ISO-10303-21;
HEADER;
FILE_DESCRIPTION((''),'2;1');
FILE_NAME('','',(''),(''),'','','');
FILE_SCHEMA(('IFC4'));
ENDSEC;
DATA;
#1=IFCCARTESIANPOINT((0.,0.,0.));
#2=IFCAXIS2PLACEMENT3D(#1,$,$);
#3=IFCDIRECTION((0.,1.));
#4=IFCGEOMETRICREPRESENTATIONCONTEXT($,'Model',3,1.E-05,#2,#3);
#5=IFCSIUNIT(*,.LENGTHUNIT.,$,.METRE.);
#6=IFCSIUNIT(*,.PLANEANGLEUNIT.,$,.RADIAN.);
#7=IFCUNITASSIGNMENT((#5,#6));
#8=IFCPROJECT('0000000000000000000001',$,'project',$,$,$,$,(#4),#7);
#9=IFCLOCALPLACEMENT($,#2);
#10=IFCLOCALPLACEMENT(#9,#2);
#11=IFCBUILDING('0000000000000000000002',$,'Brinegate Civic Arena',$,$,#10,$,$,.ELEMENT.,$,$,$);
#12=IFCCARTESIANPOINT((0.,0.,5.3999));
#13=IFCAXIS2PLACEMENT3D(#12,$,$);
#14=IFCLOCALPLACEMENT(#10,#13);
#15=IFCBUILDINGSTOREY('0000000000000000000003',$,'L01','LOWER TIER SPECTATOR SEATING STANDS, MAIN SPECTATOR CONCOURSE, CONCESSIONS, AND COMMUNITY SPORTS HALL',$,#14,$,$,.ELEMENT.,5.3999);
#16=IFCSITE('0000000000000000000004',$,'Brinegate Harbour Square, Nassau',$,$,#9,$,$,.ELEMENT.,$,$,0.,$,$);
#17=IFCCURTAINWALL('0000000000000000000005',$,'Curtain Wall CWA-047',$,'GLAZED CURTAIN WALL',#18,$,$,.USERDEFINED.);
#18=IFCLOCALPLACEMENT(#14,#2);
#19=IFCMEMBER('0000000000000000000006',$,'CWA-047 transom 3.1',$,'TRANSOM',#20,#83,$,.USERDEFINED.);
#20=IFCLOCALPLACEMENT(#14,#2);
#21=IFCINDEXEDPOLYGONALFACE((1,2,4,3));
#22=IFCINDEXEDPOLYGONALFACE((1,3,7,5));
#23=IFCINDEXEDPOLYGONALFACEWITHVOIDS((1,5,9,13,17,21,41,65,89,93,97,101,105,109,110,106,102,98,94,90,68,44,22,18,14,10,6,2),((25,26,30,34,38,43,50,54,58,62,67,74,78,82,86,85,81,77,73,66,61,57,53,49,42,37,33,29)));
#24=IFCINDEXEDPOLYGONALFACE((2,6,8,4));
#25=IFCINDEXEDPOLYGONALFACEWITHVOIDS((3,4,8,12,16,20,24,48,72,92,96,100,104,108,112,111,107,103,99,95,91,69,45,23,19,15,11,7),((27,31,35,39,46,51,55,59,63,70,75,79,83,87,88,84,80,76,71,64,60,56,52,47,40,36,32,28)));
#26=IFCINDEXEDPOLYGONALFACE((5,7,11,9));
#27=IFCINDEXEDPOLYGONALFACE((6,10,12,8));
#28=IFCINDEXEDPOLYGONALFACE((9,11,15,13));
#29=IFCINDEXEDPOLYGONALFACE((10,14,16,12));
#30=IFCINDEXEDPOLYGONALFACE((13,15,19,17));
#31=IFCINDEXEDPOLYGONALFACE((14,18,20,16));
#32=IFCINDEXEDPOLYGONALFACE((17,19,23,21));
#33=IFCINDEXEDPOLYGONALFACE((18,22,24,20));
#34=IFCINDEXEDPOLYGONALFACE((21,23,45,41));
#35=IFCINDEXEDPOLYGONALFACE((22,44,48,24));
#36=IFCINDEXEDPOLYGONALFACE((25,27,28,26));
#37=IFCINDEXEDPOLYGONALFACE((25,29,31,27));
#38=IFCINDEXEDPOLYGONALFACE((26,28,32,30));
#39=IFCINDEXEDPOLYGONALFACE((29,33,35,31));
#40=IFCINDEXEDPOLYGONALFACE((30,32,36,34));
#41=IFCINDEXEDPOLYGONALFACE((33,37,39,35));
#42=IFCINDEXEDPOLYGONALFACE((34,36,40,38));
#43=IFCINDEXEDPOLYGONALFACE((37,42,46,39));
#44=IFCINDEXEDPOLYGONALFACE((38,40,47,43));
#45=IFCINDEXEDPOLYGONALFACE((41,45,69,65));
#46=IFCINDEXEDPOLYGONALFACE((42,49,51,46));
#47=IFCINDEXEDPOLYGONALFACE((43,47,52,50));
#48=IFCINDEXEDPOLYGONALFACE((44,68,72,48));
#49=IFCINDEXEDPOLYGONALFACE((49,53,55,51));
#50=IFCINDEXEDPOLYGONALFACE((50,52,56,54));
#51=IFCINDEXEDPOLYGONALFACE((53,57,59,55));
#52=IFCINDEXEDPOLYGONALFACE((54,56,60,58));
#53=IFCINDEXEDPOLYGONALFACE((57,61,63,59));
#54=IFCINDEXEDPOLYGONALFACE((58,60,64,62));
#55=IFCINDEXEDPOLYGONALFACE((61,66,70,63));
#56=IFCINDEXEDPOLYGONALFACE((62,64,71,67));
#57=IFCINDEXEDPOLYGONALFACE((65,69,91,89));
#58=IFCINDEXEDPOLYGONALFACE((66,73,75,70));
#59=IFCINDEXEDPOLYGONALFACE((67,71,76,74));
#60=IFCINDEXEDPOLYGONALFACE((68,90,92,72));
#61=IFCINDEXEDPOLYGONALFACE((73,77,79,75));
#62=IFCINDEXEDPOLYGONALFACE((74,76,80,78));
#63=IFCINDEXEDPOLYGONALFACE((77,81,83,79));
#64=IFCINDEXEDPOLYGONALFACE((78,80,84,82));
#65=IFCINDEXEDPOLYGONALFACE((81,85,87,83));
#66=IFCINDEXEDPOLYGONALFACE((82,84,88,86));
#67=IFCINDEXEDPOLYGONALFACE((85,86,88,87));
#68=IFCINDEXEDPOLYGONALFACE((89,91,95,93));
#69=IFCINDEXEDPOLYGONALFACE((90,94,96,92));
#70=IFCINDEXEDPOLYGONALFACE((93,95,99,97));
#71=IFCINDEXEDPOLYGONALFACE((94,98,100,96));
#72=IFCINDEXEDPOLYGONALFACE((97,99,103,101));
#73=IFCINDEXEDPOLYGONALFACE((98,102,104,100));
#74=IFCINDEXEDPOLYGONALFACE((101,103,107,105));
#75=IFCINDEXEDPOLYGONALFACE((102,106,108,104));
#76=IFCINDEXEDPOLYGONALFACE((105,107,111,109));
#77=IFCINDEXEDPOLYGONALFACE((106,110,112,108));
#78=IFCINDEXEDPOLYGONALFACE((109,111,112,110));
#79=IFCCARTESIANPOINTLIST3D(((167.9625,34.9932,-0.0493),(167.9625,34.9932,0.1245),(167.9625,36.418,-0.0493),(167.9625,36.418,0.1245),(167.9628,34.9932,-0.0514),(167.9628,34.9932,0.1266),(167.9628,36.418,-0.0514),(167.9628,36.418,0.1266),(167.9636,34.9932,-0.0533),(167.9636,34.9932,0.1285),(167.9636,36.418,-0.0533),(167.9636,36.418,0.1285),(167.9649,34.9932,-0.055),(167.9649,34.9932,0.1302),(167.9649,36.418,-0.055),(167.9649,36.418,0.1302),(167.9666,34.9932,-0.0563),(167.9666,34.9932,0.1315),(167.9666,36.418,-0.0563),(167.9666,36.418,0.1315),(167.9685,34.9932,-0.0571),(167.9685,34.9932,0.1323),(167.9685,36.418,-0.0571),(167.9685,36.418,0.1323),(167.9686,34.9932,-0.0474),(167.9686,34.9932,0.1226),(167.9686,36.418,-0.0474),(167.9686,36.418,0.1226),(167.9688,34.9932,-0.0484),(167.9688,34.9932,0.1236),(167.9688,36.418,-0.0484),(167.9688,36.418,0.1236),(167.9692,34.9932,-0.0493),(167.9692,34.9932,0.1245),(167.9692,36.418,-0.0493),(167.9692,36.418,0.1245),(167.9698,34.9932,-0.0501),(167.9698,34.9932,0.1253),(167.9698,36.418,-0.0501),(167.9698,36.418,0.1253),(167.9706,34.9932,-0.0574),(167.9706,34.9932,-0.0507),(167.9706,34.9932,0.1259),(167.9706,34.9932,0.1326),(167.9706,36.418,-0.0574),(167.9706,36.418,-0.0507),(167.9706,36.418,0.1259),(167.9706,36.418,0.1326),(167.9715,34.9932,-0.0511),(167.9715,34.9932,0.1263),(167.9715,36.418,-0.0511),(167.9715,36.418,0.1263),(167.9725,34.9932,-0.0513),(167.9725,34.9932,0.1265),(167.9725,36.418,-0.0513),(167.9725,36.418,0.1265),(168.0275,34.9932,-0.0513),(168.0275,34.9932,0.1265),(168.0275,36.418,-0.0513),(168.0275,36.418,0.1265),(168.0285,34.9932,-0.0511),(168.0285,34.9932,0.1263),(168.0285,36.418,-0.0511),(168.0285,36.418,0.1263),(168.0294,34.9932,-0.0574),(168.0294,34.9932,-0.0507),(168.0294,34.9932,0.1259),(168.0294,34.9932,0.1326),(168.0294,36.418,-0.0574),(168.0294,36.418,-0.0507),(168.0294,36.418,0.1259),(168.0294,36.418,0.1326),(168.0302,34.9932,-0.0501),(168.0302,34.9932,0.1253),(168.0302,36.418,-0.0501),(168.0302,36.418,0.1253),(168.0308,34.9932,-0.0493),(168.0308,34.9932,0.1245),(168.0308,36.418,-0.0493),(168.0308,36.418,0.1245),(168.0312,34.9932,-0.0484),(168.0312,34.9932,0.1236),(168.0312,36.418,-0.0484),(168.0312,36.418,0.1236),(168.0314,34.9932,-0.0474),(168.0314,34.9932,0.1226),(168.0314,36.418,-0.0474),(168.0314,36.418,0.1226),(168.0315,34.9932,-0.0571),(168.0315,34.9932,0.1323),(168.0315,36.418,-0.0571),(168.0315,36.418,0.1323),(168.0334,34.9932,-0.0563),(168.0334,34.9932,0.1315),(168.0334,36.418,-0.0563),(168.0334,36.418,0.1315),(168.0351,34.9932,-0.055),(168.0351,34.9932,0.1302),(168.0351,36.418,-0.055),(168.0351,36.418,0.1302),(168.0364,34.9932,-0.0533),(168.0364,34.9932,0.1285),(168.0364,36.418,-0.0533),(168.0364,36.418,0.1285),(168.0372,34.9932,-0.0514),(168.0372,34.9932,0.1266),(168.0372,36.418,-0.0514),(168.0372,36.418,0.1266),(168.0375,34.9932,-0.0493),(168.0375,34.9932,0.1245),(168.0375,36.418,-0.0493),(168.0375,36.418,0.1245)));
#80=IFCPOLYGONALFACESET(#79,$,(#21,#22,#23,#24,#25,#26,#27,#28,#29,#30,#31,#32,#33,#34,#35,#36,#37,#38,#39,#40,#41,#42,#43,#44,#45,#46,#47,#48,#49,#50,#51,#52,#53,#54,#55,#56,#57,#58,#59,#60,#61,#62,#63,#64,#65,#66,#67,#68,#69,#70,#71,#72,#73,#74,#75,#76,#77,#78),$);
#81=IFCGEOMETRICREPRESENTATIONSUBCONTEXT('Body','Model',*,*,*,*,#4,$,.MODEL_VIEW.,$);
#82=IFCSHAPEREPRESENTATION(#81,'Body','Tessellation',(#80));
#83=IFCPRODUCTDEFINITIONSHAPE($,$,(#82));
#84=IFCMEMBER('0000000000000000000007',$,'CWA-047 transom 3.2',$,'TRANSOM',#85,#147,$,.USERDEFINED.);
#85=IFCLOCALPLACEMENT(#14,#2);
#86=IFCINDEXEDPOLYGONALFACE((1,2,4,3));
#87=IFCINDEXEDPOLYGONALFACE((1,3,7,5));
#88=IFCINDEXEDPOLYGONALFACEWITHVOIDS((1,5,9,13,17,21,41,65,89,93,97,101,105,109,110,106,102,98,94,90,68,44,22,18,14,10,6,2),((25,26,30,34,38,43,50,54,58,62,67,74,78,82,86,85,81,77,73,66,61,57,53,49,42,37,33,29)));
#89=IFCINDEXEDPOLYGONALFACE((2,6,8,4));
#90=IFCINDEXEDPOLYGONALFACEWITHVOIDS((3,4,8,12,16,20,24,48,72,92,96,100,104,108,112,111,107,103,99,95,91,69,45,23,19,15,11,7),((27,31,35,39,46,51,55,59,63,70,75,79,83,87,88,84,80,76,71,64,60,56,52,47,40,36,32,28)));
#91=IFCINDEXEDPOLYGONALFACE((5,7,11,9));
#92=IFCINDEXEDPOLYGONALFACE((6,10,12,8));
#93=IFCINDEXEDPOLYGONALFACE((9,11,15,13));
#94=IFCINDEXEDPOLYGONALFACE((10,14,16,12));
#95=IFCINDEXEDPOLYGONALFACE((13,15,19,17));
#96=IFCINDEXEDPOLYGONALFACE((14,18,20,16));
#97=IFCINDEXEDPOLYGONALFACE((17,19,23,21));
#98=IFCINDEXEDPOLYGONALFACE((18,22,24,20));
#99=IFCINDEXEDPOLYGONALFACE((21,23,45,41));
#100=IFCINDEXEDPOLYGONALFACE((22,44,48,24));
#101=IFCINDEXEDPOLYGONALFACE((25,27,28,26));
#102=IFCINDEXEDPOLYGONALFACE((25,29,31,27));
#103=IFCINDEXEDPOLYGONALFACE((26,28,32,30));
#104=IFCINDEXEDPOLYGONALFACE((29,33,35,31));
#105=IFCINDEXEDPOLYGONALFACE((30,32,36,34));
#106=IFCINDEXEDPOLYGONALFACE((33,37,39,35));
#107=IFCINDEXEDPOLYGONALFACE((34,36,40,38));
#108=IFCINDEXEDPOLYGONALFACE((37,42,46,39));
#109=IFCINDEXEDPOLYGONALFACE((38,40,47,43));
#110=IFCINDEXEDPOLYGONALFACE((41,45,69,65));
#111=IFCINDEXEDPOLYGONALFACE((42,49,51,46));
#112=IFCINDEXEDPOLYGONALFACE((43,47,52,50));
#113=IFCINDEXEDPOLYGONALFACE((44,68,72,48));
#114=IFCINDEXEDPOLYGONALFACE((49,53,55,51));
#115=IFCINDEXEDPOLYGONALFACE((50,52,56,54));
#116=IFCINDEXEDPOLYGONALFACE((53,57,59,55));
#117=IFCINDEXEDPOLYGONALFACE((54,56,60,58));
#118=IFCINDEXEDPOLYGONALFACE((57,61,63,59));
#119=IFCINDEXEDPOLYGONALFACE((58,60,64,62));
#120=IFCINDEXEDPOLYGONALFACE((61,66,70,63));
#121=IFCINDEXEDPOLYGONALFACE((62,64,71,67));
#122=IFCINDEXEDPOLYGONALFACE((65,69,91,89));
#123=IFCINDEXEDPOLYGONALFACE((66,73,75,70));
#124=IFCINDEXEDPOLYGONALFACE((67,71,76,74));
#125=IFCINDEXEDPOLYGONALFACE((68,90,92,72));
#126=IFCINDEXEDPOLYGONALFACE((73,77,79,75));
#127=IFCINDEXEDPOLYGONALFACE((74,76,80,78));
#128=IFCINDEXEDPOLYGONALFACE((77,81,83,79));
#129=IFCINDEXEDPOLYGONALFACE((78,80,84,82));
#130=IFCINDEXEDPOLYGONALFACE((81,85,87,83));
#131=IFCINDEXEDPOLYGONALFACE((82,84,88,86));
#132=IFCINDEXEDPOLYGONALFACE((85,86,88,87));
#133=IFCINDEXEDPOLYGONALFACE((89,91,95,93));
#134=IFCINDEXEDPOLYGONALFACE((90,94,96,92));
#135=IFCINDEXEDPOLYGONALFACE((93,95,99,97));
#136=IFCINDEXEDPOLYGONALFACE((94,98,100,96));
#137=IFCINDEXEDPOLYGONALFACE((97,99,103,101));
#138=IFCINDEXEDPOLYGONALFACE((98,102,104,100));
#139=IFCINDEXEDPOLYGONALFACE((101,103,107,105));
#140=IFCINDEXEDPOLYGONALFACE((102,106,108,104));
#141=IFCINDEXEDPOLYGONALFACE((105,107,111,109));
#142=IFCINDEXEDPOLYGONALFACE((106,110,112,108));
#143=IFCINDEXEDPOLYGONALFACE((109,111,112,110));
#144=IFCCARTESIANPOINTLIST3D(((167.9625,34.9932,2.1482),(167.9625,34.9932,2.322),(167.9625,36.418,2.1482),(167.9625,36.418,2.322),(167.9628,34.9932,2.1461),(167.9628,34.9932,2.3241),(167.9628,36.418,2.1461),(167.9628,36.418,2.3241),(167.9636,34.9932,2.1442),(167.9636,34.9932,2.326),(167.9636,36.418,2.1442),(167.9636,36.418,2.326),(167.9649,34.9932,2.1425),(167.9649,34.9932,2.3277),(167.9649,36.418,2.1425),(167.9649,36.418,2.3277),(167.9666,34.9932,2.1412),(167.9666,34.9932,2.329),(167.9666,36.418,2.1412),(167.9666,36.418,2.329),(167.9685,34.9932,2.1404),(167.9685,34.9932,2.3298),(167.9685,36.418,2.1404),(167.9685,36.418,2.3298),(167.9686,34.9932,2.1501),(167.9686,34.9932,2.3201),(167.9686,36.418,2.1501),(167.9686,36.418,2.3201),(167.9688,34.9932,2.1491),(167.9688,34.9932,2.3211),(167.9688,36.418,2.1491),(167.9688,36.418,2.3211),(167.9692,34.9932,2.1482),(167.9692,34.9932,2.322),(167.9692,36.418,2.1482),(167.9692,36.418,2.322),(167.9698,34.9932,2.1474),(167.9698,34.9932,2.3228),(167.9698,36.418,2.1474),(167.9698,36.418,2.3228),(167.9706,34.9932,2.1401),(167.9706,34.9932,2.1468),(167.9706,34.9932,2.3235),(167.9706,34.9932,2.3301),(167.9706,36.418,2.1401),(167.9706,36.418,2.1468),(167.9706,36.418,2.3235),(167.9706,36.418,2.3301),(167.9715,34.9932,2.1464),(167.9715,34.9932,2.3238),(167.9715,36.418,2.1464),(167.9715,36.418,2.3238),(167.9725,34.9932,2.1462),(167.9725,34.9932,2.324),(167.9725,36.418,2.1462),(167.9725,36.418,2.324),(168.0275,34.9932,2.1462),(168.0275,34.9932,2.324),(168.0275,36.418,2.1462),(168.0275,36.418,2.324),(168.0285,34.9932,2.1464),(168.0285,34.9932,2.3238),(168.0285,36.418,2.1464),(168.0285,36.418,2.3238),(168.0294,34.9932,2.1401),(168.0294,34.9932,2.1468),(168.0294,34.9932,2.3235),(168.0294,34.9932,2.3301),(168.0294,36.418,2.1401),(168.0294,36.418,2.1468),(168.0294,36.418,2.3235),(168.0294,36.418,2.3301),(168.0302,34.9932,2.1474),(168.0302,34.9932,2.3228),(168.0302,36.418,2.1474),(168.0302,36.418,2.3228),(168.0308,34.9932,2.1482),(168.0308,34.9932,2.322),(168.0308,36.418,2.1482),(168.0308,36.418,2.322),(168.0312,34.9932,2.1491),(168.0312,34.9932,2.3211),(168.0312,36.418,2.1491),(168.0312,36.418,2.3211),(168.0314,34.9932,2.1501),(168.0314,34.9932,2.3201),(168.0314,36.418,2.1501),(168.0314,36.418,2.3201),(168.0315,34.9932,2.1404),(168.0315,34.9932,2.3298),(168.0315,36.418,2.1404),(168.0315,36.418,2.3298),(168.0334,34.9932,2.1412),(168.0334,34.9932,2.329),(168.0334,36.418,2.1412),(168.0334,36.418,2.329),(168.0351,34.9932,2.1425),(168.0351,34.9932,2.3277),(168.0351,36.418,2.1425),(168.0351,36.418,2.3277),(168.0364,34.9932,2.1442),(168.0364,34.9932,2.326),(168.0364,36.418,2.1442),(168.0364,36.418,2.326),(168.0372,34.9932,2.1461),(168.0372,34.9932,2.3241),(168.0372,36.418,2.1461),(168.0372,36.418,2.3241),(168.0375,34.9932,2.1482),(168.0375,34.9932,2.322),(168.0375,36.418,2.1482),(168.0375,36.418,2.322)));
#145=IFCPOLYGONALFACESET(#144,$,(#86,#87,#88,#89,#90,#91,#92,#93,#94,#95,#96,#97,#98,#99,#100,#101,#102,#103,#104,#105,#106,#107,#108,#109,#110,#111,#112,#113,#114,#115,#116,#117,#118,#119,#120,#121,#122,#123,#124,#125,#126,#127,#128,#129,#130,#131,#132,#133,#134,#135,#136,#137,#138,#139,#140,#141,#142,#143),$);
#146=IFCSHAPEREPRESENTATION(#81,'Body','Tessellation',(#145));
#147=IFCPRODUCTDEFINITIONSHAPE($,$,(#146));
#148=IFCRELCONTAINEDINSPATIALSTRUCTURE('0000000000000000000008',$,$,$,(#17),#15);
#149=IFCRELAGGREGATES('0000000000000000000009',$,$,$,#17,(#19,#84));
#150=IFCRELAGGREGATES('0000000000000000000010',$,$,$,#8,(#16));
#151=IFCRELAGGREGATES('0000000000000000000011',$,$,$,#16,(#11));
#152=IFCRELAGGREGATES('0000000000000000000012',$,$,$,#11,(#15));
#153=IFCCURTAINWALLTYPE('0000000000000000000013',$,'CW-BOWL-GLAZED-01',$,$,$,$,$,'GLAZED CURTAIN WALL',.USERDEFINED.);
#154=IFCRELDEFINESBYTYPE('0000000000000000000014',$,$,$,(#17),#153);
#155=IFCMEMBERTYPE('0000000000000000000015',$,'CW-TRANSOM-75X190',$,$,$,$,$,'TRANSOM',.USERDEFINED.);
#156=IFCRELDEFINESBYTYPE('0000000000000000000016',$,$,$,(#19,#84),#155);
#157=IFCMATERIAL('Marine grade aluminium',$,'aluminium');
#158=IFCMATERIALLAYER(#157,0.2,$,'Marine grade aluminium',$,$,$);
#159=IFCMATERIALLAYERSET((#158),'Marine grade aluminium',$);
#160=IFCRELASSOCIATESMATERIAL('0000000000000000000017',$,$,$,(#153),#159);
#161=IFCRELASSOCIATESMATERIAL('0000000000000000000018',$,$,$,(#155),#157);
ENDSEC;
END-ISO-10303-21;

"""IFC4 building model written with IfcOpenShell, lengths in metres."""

from ifc_helpers import new_model, si_unit, direction, frame, origin, origin_2d, place, context, subcontext, project, spatial, hollow_rectangle, extrude, material, layer, layer_set, material_profile, profile_set, type_object, element, aggregate, save


model = new_model("IFC4")

# Units and contexts
model_context = context("Model", 3, precision=1e-05, world=origin(), true_north=direction((0.0, 1.0)))
body_context = subcontext(model_context, "Body", "Model", "MODEL_VIEW")
ifc_project = project(units=[si_unit("LENGTHUNIT", "METRE"), si_unit("PLANEANGLEUNIT", "RADIAN")], contexts=[model_context])

# Site, building, storey
site_placement = place(None, origin())
site = spatial("IfcSite", under=ifc_project, at=site_placement, Name="Brinegate Harbour Square, Nassau", CompositionType="ELEMENT", RefElevation=0.0)
building_placement = place(site_placement, origin())
building = spatial("IfcBuilding", under=site, at=building_placement, Name="Brinegate Civic Arena", CompositionType="ELEMENT")
storey_placement = place(building_placement, frame((0.0, 0.0, 5.3999)))
storey = spatial("IfcBuildingStorey", under=building, at=storey_placement, Name="L01", Description="LOWER TIER SPECTATOR SEATING STANDS, MAIN SPECTATOR CONCOURSE, CONCESSIONS, AND COMMUNITY SPORTS HALL", CompositionType="ELEMENT", Elevation=5.3999)

# Curtain wall, members
ifc_material_1 = material(Name="Marine grade aluminium", Category="aluminium")
ifc_layer_1 = layer(ifc_material_1, 0.2, Name="Marine grade aluminium")
ifc_layer_set_1 = layer_set([ifc_layer_1], Name="Marine grade aluminium")
curtain_wall_type = type_object("IfcCurtainWallType", Name="CW-BOWL-GLAZED-01", ElementType="GLAZED CURTAIN WALL", PredefinedType="USERDEFINED", material=ifc_layer_set_1)
curtain_wall_placement = place(storey_placement, origin())
curtain_wall = element("IfcCurtainWall", 1, at=curtain_wall_placement, inside=storey, type_object=curtain_wall_type, Name="Curtain Wall CWA-047", ObjectType="GLAZED CURTAIN WALL", PredefinedType="USERDEFINED")
ifc_material_profile_1 = material_profile(ifc_material_1, hollow_rectangle(XDim=0.075, YDim=0.1899, WallThickness=0.0061, InnerFilletRadius=0.0039, OuterFilletRadius=0.0081, at=origin_2d()), Name="TRN75X190")
ifc_profile_set_1 = profile_set([ifc_material_profile_1], Name="Marine grade aluminium")
member_type_1 = type_object("IfcMemberType", Name="CW-TRANSOM-75X190", ElementType="TRANSOM", PredefinedType="USERDEFINED", material=ifc_profile_set_1)
member_1_placement = place(storey_placement, frame((168.0, 34.9932, 0.0376), z_axis=(0.0, 1.0, 0.0), x_axis=(-1.0, 0.0, 0.0)))
member_1 = element("IfcMember", 2, at=member_1_placement, type_object=member_type_1, Name="CWA-047 transom 3.1", ObjectType="TRANSOM", PredefinedType="USERDEFINED", context=body_context, shape_type="SweptSolid", body=[
    extrude(hollow_rectangle(XDim=0.075, YDim=0.1899, WallThickness=0.0061, InnerFilletRadius=0.0039, OuterFilletRadius=0.0081, at=origin_2d()), origin(), (0.0, 0.0, 1.0), 1.4248),
])
member_2_placement = place(storey_placement, frame((168.0, 34.9932, 2.2351), z_axis=(0.0, 1.0, 0.0), x_axis=(-1.0, 0.0, 0.0)))
member_2 = element("IfcMember", 3, at=member_2_placement, type_object=member_type_1, Name="CWA-047 transom 3.2", ObjectType="TRANSOM", PredefinedType="USERDEFINED", context=body_context, shape_type="SweptSolid", body=[
    extrude(hollow_rectangle(XDim=0.075, YDim=0.1899, WallThickness=0.0061, InnerFilletRadius=0.0039, OuterFilletRadius=0.0081, at=origin_2d()), origin(), (0.0, 0.0, 1.0), 1.4248),
])
aggregate(curtain_wall, [member_1, member_2])

save(model, "model.ifc")
